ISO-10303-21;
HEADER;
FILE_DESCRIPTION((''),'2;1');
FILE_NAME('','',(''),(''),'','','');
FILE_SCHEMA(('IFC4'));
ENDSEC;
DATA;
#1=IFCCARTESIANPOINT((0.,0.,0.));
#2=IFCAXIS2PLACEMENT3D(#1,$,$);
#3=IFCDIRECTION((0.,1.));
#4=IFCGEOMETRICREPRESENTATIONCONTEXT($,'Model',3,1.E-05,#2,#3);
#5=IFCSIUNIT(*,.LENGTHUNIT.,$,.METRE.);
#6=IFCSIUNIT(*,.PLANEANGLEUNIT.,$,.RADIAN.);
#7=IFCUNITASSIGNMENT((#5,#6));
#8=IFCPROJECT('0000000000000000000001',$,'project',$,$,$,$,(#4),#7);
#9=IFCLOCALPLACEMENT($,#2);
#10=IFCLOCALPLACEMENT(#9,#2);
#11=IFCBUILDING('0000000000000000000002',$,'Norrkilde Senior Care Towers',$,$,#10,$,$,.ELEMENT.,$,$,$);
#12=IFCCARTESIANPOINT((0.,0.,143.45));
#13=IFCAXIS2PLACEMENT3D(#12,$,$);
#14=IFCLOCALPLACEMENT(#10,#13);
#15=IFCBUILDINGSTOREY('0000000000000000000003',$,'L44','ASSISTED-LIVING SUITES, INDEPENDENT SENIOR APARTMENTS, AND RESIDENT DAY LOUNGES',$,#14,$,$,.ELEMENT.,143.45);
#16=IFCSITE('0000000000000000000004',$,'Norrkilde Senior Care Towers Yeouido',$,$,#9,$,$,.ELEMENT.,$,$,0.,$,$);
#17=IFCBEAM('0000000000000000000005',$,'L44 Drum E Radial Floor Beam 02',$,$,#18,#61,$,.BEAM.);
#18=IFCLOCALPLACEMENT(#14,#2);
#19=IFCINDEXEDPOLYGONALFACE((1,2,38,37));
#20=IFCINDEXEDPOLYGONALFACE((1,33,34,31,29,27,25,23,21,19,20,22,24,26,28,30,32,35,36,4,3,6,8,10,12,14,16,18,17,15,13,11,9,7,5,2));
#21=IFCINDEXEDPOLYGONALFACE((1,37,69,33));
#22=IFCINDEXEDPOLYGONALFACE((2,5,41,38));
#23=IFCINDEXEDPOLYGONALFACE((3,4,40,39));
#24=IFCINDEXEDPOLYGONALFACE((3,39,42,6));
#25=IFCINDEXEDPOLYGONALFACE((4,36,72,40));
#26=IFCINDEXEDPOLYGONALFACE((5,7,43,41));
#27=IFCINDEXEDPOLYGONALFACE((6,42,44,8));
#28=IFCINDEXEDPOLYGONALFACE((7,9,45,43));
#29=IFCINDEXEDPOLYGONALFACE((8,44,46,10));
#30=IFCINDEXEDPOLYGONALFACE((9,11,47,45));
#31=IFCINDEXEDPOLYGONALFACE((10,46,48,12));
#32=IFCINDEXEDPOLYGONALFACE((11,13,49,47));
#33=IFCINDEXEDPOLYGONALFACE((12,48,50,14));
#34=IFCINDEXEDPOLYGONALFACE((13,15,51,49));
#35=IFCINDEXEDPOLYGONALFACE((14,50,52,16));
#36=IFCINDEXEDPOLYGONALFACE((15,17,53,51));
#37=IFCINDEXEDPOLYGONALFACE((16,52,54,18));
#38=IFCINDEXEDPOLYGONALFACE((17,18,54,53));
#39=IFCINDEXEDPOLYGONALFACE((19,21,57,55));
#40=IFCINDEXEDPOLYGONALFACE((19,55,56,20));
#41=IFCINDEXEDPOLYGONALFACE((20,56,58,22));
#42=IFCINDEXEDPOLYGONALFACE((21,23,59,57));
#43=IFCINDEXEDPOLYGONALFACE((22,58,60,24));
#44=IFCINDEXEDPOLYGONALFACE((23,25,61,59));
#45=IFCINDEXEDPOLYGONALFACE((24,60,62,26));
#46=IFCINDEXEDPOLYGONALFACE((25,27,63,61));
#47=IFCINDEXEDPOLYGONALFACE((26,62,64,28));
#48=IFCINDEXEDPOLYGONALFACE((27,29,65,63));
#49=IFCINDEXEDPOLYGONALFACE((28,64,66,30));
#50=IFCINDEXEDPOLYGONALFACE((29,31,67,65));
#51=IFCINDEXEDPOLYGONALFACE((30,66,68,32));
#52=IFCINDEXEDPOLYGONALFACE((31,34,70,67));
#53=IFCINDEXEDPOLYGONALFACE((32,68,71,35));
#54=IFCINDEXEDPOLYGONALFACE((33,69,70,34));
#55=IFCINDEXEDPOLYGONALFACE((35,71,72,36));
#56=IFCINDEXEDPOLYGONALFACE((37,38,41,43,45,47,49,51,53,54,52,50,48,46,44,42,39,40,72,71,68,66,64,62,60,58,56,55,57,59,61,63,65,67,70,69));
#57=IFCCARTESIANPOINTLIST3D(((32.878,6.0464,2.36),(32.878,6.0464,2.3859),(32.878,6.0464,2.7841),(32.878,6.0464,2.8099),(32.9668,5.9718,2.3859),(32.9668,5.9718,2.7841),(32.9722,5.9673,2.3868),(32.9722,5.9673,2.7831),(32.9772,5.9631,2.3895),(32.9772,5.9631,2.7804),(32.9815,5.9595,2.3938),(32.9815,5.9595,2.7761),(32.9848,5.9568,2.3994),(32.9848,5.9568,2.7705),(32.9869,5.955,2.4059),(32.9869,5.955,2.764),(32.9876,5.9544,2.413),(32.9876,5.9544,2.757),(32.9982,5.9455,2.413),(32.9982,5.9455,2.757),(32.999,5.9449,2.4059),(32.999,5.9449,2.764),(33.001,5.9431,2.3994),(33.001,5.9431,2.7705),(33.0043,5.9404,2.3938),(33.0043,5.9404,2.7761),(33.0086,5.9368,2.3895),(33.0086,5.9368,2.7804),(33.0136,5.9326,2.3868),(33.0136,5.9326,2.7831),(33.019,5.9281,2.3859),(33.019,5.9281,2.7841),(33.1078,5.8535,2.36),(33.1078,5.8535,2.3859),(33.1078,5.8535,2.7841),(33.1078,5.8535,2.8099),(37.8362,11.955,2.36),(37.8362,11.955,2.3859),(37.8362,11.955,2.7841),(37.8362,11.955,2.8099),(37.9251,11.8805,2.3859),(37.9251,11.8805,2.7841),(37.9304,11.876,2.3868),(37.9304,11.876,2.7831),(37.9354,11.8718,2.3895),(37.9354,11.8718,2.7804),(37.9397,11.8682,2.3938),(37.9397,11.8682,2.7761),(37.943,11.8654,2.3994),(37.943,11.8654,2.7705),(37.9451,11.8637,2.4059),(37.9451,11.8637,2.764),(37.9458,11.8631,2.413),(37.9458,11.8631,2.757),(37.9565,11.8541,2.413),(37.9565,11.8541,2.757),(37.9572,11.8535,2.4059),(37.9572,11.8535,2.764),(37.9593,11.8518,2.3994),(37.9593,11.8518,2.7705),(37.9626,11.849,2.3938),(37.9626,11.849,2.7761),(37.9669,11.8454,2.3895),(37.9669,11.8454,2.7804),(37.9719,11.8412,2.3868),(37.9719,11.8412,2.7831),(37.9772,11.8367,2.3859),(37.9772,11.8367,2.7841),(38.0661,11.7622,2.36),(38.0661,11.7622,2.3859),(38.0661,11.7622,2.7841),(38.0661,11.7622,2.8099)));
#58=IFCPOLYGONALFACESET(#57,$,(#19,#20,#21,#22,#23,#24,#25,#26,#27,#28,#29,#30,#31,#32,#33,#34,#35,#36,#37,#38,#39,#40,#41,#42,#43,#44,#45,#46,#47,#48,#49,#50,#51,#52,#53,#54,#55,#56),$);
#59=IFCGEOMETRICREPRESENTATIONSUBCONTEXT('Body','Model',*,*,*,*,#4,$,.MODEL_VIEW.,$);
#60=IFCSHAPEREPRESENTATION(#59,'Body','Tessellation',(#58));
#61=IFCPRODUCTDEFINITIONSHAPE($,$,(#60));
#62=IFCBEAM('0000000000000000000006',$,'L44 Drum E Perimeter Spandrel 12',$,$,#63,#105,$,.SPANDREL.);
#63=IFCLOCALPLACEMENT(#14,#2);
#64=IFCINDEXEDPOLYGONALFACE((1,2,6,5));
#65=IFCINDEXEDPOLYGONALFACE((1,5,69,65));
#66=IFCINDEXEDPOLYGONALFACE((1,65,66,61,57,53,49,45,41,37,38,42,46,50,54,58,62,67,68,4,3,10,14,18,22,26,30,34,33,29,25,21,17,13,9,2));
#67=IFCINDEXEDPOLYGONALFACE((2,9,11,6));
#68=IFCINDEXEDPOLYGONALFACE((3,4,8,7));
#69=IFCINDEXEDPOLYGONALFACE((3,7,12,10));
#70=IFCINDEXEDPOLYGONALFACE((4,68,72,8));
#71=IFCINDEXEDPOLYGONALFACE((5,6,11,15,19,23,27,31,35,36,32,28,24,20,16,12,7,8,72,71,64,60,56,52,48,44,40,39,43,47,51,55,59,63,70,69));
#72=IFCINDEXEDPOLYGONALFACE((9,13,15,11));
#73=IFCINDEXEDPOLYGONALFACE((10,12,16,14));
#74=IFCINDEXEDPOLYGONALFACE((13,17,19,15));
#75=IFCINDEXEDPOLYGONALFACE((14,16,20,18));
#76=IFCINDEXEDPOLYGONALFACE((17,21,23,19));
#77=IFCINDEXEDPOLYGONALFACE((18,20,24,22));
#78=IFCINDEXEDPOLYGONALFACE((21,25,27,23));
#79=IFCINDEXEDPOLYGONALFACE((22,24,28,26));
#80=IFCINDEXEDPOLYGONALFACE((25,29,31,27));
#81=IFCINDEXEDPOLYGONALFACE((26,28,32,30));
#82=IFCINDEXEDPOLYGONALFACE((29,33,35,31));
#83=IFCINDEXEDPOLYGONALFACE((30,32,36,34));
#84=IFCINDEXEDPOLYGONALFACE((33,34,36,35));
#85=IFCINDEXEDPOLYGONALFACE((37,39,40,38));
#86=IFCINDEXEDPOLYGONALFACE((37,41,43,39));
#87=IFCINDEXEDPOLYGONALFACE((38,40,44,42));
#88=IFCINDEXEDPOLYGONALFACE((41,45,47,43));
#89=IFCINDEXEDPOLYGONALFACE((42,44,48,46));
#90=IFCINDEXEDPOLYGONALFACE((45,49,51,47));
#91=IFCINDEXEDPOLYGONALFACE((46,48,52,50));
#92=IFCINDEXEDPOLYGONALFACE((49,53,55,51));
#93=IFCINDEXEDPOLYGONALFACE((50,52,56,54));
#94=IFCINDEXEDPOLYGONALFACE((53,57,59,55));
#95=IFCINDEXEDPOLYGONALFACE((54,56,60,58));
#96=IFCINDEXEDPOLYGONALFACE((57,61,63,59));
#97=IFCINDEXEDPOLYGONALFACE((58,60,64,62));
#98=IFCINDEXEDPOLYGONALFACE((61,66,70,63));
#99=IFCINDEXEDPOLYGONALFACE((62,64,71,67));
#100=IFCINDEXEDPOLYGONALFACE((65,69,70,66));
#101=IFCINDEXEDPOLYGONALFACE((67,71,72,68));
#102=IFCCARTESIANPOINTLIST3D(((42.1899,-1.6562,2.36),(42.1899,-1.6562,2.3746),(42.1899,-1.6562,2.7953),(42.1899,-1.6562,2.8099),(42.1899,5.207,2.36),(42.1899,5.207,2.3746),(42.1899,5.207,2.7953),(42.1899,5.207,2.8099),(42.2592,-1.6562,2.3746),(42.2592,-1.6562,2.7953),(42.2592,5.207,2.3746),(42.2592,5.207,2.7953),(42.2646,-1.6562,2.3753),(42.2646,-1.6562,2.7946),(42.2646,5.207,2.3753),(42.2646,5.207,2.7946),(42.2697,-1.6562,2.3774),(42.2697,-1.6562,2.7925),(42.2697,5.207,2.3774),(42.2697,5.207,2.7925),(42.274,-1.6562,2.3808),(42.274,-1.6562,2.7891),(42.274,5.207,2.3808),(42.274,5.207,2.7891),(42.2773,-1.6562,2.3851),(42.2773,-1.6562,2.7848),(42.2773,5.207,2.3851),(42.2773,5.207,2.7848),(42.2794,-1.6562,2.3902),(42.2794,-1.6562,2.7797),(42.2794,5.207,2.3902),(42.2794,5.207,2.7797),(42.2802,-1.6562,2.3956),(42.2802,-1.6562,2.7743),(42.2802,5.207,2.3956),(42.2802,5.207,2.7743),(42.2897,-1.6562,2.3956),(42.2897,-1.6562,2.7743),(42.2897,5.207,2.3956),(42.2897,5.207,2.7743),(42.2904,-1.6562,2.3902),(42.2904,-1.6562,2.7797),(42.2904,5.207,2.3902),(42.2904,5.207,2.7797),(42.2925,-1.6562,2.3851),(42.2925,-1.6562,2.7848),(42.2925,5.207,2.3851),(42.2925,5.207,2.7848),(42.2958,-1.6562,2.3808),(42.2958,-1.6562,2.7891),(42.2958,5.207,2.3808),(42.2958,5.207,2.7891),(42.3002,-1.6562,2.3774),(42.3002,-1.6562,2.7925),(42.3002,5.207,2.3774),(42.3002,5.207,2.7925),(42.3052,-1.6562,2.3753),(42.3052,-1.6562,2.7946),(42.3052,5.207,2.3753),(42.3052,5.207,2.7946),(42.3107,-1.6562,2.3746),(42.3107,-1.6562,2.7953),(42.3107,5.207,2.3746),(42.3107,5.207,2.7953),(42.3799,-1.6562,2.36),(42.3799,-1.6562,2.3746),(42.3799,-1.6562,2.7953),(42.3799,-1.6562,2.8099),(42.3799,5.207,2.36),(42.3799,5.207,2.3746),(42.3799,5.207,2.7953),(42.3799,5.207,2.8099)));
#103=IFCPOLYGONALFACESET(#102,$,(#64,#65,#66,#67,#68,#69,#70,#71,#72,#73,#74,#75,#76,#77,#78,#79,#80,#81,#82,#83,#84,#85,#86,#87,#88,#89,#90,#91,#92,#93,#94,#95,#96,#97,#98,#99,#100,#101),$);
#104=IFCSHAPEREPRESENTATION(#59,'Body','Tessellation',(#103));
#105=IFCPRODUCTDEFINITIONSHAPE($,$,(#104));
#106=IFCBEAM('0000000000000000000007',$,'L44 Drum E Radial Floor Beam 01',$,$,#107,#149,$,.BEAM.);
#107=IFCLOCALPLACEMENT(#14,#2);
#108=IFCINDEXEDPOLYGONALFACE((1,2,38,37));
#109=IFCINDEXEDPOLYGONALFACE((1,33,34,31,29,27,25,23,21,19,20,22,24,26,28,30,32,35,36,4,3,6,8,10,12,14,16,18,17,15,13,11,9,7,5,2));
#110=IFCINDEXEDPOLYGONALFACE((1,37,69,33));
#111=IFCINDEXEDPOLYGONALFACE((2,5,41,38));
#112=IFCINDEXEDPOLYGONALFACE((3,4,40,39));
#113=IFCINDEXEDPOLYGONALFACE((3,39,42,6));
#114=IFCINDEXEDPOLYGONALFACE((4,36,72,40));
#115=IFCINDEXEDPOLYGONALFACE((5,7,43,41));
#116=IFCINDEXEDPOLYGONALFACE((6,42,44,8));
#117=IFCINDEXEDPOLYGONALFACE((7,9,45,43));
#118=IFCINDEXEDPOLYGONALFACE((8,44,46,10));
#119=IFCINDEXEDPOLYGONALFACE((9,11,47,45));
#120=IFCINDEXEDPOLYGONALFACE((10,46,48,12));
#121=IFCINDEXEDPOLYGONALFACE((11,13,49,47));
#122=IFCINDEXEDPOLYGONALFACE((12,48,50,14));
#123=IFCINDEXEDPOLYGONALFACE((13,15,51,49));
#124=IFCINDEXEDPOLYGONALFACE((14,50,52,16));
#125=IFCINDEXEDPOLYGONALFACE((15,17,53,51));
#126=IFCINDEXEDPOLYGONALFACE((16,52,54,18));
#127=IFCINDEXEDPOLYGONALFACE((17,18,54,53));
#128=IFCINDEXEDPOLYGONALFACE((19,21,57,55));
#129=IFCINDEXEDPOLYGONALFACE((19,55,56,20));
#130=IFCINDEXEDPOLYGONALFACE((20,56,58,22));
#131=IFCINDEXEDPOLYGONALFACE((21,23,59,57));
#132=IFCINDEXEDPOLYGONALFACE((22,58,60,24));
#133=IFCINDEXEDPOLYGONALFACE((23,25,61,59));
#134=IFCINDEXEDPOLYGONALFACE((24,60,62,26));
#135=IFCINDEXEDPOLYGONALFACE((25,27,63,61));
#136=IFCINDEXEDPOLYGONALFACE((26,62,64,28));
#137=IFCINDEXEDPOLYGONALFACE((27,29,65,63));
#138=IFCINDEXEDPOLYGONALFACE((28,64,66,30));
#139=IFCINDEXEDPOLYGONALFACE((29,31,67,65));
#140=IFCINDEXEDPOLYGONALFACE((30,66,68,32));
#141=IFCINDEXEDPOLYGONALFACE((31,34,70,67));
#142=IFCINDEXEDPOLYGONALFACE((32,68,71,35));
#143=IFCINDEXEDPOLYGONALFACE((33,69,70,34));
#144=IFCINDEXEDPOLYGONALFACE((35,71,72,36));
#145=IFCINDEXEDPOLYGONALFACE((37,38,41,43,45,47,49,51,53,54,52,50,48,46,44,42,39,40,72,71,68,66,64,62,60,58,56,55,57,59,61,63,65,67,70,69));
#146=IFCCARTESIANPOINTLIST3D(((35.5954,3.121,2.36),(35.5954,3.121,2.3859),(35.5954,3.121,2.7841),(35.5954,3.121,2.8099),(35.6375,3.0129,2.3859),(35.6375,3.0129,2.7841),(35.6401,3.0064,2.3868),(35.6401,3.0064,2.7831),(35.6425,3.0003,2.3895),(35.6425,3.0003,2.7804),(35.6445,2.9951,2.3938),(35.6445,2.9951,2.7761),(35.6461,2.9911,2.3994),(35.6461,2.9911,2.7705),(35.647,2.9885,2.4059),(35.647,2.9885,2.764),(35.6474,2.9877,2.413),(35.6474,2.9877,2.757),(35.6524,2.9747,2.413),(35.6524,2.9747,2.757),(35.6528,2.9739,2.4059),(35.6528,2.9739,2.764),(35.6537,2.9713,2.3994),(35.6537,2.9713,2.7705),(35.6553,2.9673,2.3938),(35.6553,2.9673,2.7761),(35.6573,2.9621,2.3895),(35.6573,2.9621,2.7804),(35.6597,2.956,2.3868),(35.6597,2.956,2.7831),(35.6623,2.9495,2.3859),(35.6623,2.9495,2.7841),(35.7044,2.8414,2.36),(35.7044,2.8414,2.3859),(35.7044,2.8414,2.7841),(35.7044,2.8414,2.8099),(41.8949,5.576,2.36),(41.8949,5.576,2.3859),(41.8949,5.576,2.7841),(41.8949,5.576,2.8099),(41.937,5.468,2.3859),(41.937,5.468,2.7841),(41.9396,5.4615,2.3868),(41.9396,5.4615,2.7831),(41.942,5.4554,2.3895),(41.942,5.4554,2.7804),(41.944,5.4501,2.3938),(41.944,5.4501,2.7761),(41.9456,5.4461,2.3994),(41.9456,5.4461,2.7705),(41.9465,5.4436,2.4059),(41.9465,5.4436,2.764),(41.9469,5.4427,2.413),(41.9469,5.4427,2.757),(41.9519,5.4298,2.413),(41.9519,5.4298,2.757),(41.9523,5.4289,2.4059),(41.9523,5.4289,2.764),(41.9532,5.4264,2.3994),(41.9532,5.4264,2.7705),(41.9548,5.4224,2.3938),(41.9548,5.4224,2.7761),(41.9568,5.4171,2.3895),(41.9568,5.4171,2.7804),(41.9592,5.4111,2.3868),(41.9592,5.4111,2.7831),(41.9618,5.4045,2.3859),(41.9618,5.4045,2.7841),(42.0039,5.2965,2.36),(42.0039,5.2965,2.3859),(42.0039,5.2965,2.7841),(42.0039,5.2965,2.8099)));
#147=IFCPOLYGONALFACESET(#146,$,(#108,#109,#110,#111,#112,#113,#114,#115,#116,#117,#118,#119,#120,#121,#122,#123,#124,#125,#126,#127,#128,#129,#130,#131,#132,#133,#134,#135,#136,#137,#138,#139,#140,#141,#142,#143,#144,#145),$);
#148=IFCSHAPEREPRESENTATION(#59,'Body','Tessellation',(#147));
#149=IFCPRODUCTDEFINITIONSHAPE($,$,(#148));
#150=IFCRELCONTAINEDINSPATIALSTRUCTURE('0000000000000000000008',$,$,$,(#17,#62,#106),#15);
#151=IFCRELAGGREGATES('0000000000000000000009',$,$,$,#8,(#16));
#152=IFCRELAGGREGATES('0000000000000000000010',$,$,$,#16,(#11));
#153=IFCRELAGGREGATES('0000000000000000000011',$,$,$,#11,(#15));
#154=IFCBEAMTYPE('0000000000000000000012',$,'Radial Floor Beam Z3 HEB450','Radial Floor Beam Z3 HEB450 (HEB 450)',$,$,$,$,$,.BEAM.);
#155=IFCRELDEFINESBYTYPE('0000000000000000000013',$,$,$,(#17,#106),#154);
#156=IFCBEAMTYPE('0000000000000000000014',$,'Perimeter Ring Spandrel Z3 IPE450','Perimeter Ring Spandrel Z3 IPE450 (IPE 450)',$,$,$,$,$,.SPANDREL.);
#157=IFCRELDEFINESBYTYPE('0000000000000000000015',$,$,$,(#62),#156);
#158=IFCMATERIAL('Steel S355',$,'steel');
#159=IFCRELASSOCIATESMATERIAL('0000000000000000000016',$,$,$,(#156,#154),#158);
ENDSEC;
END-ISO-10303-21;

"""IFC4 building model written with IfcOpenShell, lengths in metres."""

from ifc_helpers import new_model, si_unit, direction, frame, origin, origin_2d, place, context, subcontext, project, spatial, i_section, extrude, source, transform, mapped, material, material_profile, profile_set, type_object, element, save


model = new_model("IFC4")

# Units and contexts
model_context = context("Model", 3, precision=1e-05, world=origin(), true_north=direction((0.0, 1.0)))
body_context = subcontext(model_context, "Body", "Model", "MODEL_VIEW")
ifc_project = project(units=[si_unit("LENGTHUNIT", "METRE"), si_unit("PLANEANGLEUNIT", "RADIAN")], contexts=[model_context])

# Site, building, storey
site_placement = place(None, origin())
site = spatial("IfcSite", under=ifc_project, at=site_placement, Name="Norrkilde Senior Care Towers Yeouido", CompositionType="ELEMENT", RefElevation=0.0)
building_placement = place(site_placement, origin())
building = spatial("IfcBuilding", under=site, at=building_placement, Name="Norrkilde Senior Care Towers", CompositionType="ELEMENT")
storey_placement = place(building_placement, frame((0.0, 0.0, 143.45)))
storey = spatial("IfcBuildingStorey", under=building, at=storey_placement, Name="L44", Description="ASSISTED-LIVING SUITES, INDEPENDENT SENIOR APARTMENTS, AND RESIDENT DAY LOUNGES", CompositionType="ELEMENT", Elevation=143.45)

# Beams
ifc_material_1 = material(Name="Steel S355", Category="steel")
ifc_material_profile_1 = material_profile(ifc_material_1, i_section(OverallWidth=0.1899, OverallDepth=0.45, WebThickness=0.0095, FlangeThickness=0.0146, FilletRadius=0.021, at=origin_2d()), Name="IPE 450")
ifc_profile_set_1 = profile_set([ifc_material_profile_1], Name="Steel S355")
beam_type_1 = type_object("IfcBeamType", Name="Perimeter Ring Spandrel Z3 IPE450", Description="Perimeter Ring Spandrel Z3 IPE450 (IPE 450)", PredefinedType="SPANDREL", material=ifc_profile_set_1)
ifc_material_profile_2 = material_profile(ifc_material_1, i_section(OverallWidth=0.3, OverallDepth=0.45, WebThickness=0.0139, FlangeThickness=0.0259, FilletRadius=0.0271, at=origin_2d()), Name="HEB 450")
ifc_profile_set_2 = profile_set([ifc_material_profile_2], Name="Steel S355")
beam_type_2 = type_object("IfcBeamType", Name="Radial Floor Beam Z3 HEB450", Description="Radial Floor Beam Z3 HEB450 (HEB 450)", PredefinedType="BEAM", material=ifc_profile_set_2)
shared_shape_1 = source(origin(), body_context, "Body", "SweptSolid", [
    extrude(i_section(OverallWidth=0.3, OverallDepth=0.45, WebThickness=0.0139, FlangeThickness=0.0259, FilletRadius=0.0271, at=origin_2d()), origin(), (0.0, 0.0, 1.0), 7.7134),
])
beam_1_placement = place(storey_placement, frame((32.9929, 5.95, 2.585), z_axis=(0.642808, 0.766027, 0.0), x_axis=(-0.766027, 0.642808, 0.0)))
element("IfcBeam", 1, at=beam_1_placement, inside=storey, type_object=beam_type_2, Name="L44 Drum E Radial Floor Beam 02", PredefinedType="BEAM", context=body_context, shape_type="MappedRepresentation", body=[
    mapped(shared_shape_1, transform((0.0, 0.0, 0.0), x_axis=(1.0, 0.0, 0.0), y_axis=(0.0, 1.0, 0.0), z_axis=(0.0, 0.0, 1.0), scale=1.0)),
])
shared_shape_2 = source(origin(), body_context, "Body", "SweptSolid", [
    extrude(i_section(OverallWidth=0.1899, OverallDepth=0.45, WebThickness=0.0095, FlangeThickness=0.0146, FilletRadius=0.021, at=origin_2d()), origin(), (0.0, 0.0, 1.0), 6.8633),
])
beam_2_placement = place(storey_placement, frame((42.2849, -1.6562, 2.585), z_axis=(0.0, 1.0, 0.0), x_axis=(-1.0, 0.0, 0.0)))
element("IfcBeam", 2, at=beam_2_placement, inside=storey, type_object=beam_type_1, Name="L44 Drum E Perimeter Spandrel 12", PredefinedType="SPANDREL", context=body_context, shape_type="MappedRepresentation", body=[
    mapped(shared_shape_2, transform((0.0, 0.0, 0.0), x_axis=(1.0, 0.0, 0.0), y_axis=(0.0, 1.0, 0.0), z_axis=(0.0, 0.0, 1.0), scale=1.0)),
])
shared_shape_3 = source(origin(), body_context, "Body", "SweptSolid", [
    extrude(i_section(OverallWidth=0.3, OverallDepth=0.45, WebThickness=0.0139, FlangeThickness=0.0259, FilletRadius=0.0271, at=origin_2d()), origin(), (0.0, 0.0, 1.0), 6.761),
])
beam_3_placement = place(storey_placement, frame((35.6499, 2.9812, 2.585), z_axis=(0.931742, 0.363121, 0.0), x_axis=(-0.363121, 0.931742, 0.0)))
element("IfcBeam", 3, at=beam_3_placement, inside=storey, type_object=beam_type_2, Name="L44 Drum E Radial Floor Beam 01", PredefinedType="BEAM", context=body_context, shape_type="MappedRepresentation", body=[
    mapped(shared_shape_3, transform((0.0, 0.0, 0.0), x_axis=(1.0, 0.0, 0.0), y_axis=(0.0, 1.0, 0.0), z_axis=(0.0, 0.0, 1.0), scale=1.0)),
])

save(model, "model.ifc")
